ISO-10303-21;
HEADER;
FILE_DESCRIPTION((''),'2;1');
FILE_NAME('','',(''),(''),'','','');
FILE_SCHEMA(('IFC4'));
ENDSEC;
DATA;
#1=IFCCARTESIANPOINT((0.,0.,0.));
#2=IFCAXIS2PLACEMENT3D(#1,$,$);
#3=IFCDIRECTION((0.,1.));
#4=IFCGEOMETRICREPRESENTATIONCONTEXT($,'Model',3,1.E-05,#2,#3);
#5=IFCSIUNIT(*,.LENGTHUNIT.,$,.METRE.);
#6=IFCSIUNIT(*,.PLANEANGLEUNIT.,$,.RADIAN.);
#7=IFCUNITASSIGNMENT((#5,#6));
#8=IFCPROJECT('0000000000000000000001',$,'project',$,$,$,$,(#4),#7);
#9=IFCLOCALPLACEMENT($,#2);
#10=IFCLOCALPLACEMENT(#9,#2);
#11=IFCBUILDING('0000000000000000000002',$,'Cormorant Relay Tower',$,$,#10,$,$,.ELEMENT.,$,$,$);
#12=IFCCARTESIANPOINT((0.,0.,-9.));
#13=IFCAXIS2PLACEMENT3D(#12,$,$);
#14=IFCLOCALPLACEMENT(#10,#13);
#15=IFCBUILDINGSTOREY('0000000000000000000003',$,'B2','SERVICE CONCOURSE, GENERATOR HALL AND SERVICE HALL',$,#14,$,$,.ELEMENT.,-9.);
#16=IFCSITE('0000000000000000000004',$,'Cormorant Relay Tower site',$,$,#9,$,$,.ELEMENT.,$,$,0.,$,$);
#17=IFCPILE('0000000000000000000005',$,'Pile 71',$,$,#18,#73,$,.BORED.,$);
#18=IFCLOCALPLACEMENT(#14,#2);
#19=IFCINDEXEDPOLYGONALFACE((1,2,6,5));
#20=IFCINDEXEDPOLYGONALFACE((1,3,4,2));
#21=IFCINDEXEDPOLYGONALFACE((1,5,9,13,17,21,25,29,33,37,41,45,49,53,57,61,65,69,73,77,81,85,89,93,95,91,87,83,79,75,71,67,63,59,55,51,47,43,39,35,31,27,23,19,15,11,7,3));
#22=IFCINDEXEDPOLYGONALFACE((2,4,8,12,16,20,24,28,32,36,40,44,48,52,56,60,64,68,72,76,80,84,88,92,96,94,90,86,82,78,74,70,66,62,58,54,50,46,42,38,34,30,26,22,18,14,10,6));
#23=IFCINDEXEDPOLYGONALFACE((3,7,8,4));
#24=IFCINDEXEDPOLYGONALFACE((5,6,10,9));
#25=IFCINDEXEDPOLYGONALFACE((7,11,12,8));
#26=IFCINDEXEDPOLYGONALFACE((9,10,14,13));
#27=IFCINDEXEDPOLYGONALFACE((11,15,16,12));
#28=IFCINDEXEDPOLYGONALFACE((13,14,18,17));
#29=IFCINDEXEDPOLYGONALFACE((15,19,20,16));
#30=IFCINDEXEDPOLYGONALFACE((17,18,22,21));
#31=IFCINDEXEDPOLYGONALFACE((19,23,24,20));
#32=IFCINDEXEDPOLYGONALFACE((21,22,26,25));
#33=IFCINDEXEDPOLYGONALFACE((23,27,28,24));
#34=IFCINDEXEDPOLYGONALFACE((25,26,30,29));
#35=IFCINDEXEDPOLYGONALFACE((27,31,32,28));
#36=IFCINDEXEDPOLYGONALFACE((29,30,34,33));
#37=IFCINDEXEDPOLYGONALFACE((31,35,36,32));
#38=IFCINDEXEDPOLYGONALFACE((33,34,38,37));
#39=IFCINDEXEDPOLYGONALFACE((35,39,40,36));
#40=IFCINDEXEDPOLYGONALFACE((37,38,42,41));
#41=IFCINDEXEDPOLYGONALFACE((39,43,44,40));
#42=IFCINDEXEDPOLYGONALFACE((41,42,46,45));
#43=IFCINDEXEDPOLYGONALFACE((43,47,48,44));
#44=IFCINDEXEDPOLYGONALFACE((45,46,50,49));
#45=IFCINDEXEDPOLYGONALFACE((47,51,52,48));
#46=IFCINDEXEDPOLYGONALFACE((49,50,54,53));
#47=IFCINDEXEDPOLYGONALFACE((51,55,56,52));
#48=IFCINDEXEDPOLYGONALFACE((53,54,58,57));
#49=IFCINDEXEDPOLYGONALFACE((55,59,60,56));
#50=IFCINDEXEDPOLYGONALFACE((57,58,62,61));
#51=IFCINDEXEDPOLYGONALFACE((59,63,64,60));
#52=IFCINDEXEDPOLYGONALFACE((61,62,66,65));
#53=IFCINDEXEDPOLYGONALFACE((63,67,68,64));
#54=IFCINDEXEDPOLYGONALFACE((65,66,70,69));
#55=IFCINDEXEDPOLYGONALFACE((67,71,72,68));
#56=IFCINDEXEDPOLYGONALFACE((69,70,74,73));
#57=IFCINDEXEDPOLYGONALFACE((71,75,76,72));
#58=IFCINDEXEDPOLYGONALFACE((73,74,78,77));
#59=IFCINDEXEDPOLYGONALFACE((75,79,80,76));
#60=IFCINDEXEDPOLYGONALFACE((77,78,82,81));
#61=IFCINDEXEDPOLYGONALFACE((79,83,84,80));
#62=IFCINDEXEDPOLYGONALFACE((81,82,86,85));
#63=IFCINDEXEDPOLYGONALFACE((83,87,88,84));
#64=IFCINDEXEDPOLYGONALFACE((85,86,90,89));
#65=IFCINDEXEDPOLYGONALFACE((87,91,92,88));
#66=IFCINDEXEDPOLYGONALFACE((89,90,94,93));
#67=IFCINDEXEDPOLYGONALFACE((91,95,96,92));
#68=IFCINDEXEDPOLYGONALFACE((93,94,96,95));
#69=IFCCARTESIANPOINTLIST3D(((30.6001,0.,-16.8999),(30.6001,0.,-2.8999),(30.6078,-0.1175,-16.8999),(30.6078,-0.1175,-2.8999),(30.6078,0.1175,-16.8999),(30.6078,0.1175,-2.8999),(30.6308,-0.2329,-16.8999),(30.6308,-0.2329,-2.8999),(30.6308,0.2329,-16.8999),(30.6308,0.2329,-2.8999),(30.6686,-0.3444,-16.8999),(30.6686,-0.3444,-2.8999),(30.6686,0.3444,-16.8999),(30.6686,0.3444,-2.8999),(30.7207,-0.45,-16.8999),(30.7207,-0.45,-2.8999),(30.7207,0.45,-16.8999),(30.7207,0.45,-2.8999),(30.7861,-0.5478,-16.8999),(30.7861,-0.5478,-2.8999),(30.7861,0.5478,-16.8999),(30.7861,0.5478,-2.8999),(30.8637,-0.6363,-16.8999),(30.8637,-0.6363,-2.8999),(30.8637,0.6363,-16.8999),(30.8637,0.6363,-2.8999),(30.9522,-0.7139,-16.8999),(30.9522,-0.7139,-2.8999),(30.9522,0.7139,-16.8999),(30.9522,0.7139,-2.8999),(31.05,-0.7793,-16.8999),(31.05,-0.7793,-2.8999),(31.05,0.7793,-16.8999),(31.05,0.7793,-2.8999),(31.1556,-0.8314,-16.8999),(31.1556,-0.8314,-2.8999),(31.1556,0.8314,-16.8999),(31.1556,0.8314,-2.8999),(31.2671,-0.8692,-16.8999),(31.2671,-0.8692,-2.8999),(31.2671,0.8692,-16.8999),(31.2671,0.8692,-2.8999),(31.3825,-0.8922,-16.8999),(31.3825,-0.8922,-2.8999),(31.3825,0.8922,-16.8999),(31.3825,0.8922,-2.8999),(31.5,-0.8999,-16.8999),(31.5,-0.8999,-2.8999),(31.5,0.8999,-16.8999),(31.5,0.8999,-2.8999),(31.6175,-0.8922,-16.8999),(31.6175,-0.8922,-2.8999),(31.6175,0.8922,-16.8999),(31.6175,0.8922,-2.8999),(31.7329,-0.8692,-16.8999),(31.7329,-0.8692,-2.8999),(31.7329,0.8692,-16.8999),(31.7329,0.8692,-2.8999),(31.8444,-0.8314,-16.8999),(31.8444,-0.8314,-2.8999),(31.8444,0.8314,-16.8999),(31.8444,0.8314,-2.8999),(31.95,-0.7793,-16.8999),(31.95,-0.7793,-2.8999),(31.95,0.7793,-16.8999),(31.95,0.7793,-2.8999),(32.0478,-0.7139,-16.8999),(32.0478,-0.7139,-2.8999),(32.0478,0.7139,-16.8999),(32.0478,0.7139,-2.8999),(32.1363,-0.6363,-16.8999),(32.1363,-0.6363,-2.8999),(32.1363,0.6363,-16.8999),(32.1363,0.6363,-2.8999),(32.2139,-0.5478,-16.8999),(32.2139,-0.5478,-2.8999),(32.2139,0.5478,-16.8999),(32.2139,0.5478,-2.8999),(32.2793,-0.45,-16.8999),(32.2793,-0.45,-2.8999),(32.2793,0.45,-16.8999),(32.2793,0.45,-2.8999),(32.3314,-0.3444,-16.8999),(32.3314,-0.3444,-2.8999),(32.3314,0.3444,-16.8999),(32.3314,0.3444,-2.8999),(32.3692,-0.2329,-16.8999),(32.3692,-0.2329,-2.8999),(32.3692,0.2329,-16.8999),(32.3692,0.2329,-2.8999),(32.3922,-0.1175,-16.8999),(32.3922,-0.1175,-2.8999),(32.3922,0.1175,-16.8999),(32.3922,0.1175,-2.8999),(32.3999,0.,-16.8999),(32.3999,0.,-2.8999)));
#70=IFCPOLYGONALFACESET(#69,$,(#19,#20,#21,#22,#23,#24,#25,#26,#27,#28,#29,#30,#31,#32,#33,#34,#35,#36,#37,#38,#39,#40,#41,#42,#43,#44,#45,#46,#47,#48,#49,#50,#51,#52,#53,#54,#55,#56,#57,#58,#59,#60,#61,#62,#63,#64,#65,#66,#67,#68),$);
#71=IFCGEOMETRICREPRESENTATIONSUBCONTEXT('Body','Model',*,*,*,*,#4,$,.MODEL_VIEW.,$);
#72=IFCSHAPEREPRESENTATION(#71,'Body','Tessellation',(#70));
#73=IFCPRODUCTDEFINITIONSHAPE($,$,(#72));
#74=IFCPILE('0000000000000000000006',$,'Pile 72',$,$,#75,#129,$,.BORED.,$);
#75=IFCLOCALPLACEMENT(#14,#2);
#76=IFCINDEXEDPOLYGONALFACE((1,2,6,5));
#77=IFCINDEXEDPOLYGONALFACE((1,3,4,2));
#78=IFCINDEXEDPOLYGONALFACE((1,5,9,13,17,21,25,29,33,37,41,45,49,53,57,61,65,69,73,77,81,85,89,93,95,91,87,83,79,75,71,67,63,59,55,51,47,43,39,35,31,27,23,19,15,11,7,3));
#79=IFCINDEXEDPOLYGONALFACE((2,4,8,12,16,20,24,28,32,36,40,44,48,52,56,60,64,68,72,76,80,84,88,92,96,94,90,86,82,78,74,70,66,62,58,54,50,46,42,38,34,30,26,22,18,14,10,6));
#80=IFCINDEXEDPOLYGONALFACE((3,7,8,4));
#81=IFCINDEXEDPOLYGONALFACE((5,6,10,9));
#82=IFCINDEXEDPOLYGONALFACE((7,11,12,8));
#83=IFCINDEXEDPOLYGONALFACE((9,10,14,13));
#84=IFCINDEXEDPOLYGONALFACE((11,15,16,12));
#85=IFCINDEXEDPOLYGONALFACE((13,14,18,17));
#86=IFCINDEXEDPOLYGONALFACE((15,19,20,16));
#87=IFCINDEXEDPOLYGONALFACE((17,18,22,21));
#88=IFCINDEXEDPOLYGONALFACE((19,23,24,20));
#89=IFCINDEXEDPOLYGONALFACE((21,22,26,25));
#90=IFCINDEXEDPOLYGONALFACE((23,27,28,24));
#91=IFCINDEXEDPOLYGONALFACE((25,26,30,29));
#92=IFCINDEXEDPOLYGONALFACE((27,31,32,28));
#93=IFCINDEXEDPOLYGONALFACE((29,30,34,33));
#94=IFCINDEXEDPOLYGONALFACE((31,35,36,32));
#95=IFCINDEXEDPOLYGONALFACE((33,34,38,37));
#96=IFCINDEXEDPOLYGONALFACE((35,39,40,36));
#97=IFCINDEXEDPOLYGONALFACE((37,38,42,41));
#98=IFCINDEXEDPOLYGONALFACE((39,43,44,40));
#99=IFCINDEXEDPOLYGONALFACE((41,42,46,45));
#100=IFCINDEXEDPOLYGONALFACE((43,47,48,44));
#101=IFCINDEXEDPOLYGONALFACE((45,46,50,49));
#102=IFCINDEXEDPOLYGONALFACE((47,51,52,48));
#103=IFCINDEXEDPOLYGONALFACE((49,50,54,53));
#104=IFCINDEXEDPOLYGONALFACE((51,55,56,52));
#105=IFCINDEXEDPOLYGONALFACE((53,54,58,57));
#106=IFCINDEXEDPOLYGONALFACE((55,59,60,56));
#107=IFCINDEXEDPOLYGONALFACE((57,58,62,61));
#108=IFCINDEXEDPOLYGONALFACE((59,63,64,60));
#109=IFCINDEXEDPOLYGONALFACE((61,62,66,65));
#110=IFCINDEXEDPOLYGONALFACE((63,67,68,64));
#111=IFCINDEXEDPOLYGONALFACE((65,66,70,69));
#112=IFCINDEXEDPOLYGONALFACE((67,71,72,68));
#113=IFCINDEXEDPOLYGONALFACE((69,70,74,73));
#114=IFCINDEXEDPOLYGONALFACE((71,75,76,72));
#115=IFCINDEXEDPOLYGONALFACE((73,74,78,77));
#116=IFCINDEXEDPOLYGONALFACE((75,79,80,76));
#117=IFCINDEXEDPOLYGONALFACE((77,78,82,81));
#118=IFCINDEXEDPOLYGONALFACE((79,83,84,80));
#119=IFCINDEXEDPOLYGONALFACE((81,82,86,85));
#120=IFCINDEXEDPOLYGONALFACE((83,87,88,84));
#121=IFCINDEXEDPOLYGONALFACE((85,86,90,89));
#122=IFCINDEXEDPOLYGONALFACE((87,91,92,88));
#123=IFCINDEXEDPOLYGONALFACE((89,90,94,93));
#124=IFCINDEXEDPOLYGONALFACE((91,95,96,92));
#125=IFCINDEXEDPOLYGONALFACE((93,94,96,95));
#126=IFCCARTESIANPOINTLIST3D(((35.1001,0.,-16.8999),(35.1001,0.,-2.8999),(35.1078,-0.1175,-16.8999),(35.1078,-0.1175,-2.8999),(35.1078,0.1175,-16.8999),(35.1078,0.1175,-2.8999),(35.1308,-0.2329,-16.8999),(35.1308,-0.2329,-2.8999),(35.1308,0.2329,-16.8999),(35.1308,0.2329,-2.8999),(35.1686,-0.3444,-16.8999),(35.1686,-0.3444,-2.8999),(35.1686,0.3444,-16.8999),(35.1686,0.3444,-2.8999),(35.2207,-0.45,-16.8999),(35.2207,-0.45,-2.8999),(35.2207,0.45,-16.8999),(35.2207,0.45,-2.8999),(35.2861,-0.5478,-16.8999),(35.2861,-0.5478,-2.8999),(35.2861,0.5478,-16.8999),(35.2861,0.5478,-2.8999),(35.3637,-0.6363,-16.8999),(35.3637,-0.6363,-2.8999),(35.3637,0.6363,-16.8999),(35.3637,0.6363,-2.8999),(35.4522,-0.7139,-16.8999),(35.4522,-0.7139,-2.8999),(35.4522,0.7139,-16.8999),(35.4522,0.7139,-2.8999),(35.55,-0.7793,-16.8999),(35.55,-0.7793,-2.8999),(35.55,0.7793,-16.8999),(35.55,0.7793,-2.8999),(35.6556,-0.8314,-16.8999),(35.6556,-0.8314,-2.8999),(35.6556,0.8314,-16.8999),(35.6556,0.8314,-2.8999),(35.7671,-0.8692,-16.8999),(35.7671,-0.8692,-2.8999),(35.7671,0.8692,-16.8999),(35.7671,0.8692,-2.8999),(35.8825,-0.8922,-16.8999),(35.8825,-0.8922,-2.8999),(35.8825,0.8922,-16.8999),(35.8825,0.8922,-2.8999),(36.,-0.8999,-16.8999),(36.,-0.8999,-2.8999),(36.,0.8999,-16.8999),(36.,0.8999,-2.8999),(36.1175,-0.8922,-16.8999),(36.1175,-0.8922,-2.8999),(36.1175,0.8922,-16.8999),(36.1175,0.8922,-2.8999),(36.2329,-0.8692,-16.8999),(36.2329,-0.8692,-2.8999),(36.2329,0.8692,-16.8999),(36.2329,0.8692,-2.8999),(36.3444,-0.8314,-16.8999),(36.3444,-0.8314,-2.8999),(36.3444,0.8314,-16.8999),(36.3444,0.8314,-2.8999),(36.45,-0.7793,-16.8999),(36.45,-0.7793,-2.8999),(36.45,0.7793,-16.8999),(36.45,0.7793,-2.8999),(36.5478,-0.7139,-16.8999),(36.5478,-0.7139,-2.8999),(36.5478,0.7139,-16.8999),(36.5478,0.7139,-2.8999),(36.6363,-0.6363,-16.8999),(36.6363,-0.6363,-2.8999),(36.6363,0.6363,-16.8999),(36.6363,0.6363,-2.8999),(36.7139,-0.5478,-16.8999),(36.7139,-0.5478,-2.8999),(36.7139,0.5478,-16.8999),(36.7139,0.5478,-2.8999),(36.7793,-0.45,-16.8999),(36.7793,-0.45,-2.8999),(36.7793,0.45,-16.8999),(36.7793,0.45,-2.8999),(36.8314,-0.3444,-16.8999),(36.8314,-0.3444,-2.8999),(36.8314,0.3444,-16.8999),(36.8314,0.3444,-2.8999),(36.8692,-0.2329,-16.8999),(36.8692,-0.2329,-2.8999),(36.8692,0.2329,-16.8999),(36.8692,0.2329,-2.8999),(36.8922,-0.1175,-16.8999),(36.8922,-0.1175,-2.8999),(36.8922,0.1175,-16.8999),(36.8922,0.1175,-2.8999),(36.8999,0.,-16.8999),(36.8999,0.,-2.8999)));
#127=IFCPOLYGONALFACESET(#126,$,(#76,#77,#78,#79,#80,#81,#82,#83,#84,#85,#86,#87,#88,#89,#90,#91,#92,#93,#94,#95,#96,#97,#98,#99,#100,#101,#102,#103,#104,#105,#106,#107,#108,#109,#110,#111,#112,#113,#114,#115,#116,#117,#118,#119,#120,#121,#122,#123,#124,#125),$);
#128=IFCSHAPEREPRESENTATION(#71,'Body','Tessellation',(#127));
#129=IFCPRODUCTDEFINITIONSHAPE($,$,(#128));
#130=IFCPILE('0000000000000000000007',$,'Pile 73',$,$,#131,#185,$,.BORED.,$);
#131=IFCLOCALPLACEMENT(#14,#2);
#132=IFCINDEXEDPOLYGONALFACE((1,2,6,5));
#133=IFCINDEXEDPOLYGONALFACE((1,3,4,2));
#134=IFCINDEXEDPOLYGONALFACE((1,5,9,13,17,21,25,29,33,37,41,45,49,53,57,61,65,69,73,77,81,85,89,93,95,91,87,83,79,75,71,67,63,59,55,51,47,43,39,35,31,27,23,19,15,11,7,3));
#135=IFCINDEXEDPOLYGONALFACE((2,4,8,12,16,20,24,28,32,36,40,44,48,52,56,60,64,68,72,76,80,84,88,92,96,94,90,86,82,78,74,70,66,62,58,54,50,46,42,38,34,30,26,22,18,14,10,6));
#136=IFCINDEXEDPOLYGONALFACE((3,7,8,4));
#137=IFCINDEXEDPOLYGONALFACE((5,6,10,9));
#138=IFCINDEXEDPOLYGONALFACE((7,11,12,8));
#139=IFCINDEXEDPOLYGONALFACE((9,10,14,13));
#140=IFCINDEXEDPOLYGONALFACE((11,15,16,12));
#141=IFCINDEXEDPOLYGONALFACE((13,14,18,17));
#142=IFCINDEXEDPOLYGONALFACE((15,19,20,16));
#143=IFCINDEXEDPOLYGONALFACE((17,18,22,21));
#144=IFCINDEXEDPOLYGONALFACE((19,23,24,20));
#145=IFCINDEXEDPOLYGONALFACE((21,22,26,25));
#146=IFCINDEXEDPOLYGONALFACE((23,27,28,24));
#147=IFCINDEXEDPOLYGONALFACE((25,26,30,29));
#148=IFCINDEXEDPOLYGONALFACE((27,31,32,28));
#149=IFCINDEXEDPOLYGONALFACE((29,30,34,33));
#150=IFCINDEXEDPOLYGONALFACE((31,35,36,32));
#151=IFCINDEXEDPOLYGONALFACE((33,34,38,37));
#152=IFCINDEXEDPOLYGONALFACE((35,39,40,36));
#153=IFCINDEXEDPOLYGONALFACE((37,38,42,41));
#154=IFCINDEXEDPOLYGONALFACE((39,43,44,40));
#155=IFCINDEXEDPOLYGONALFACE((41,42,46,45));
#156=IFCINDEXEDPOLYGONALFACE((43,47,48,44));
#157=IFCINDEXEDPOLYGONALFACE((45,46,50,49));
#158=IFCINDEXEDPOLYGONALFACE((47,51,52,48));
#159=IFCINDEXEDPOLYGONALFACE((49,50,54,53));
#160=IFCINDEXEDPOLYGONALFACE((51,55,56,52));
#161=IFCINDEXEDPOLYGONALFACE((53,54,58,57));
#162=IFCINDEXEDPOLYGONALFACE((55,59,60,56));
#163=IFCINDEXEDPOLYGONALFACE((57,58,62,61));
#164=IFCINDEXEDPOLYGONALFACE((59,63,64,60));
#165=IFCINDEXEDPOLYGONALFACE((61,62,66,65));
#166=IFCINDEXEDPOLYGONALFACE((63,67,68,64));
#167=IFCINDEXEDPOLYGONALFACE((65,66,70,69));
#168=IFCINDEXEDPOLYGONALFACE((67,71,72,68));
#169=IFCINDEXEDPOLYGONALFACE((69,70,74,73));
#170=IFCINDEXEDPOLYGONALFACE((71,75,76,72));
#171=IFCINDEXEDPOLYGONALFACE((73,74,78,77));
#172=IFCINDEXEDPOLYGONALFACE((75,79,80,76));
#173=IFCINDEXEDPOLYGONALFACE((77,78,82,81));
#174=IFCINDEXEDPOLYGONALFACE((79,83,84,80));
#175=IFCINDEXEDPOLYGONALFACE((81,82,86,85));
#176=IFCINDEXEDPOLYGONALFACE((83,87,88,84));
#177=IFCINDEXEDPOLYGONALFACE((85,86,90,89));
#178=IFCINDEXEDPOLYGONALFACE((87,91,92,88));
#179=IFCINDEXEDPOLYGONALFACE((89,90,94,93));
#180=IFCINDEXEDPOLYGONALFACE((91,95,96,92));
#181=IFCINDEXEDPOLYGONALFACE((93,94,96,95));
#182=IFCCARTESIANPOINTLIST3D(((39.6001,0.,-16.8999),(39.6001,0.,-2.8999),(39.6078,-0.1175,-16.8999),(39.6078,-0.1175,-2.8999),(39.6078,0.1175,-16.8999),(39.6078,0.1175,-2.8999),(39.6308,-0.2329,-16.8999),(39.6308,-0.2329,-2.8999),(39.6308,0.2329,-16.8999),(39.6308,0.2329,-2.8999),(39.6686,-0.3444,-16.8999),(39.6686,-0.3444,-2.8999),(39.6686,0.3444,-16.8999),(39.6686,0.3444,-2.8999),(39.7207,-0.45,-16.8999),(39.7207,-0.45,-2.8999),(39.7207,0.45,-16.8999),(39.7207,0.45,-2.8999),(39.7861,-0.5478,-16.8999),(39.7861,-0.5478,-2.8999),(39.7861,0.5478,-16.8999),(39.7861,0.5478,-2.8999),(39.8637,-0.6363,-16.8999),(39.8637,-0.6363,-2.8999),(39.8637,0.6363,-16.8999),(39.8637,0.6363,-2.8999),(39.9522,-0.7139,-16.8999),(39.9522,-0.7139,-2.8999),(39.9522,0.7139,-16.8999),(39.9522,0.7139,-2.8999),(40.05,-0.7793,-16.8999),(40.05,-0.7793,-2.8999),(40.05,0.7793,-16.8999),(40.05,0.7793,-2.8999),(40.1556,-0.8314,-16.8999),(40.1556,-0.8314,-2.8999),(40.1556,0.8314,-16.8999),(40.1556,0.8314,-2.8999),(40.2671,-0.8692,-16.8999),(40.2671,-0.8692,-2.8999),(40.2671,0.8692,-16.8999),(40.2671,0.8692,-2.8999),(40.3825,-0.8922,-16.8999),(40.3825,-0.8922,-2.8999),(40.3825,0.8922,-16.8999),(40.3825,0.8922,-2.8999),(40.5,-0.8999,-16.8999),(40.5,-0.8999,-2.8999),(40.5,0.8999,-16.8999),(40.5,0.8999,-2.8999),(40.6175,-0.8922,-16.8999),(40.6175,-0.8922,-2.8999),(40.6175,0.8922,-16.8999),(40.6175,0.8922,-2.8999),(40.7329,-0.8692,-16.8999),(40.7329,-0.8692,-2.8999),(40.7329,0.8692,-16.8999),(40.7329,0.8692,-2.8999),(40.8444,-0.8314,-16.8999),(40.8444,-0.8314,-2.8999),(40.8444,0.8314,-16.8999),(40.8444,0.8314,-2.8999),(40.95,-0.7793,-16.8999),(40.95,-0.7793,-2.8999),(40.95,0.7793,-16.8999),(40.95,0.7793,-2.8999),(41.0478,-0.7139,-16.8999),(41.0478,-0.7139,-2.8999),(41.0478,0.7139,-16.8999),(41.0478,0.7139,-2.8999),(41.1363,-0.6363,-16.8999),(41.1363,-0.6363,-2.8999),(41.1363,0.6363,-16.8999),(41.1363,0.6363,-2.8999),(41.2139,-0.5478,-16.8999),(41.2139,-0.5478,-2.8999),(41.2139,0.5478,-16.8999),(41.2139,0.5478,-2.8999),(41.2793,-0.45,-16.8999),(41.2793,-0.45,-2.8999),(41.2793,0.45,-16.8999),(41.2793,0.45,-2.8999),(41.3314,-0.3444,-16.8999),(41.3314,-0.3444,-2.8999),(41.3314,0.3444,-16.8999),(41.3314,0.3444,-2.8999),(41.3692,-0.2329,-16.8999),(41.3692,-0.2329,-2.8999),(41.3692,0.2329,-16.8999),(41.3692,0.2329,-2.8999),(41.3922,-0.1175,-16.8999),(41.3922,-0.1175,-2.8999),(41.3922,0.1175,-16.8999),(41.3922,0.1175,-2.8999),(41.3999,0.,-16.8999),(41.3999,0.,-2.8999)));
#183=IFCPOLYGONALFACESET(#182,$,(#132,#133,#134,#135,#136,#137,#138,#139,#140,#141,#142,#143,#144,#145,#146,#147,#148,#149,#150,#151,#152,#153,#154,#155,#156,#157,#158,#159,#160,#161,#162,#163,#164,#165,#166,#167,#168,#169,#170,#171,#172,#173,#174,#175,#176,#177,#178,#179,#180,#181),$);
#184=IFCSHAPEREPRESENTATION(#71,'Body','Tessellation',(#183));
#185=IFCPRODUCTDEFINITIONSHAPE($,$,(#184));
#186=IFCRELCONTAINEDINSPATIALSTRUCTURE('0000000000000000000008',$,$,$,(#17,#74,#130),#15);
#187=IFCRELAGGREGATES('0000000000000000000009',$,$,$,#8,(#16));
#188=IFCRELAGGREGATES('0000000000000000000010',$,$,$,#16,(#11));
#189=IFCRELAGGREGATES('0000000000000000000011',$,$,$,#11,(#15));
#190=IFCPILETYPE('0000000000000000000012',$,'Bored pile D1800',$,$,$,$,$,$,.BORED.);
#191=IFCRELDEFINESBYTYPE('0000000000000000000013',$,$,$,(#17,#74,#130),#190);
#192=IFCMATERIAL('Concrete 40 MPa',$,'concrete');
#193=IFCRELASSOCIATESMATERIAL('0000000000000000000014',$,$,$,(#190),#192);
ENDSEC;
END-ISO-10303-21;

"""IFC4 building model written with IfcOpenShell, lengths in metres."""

from ifc_helpers import new_model, si_unit, direction, frame, origin, origin_2d, place, context, subcontext, project, spatial, circle, extrude, material, material_profile, profile_set, type_object, element, save


model = new_model("IFC4")

# Units and contexts
model_context = context("Model", 3, precision=1e-05, world=origin(), true_north=direction((0.0, 1.0)))
body_context = subcontext(model_context, "Body", "Model", "MODEL_VIEW")
ifc_project = project(units=[si_unit("LENGTHUNIT", "METRE"), si_unit("PLANEANGLEUNIT", "RADIAN")], contexts=[model_context])

# Site, building, storey
site_placement = place(None, origin())
site = spatial("IfcSite", under=ifc_project, at=site_placement, Name="Cormorant Relay Tower site", CompositionType="ELEMENT", RefElevation=0.0)
building_placement = place(site_placement, origin())
building = spatial("IfcBuilding", under=site, at=building_placement, Name="Cormorant Relay Tower", CompositionType="ELEMENT")
storey_placement = place(building_placement, frame((0.0, 0.0, -9.0)))
storey = spatial("IfcBuildingStorey", under=building, at=storey_placement, Name="B2", Description="SERVICE CONCOURSE, GENERATOR HALL AND SERVICE HALL", CompositionType="ELEMENT", Elevation=-9.0)

# Piles
ifc_material_1 = material(Name="Concrete 40 MPa", Category="concrete")
ifc_material_profile_1 = material_profile(ifc_material_1, circle(Radius=0.8999, at=origin_2d()), Name="BP1800")
ifc_profile_set_1 = profile_set([ifc_material_profile_1], Name="Concrete 40 MPa")
pile_type = type_object("IfcPileType", Name="Bored pile D1800", PredefinedType="BORED", material=ifc_profile_set_1)
for number, where, z_axis, x_axis, name in (
    (1, (31.5, 0.0, -2.8999), (0.0, 0.0, -1.0), (1.0, 0.0, 0.0), "Pile 71"),
    (2, (36.0, 0.0, -2.8999), (0.0, 0.0, -1.0), (1.0, 0.0, 0.0), "Pile 72"),
    (3, (40.5, 0.0, -2.8999), (0.0, 0.0, -1.0), (1.0, 0.0, 0.0), "Pile 73"),
):
    element("IfcPile", number, at=place(storey_placement, frame(where, z_axis=z_axis, x_axis=x_axis)), inside=storey, type_object=pile_type, Name=name, PredefinedType="BORED", context=body_context, shape_type="SweptSolid", body=[
        extrude(circle(Radius=0.8999, at=origin_2d()), origin(), (0.0, 0.0, 1.0), 14.0),
    ])

save(model, "model.ifc")
